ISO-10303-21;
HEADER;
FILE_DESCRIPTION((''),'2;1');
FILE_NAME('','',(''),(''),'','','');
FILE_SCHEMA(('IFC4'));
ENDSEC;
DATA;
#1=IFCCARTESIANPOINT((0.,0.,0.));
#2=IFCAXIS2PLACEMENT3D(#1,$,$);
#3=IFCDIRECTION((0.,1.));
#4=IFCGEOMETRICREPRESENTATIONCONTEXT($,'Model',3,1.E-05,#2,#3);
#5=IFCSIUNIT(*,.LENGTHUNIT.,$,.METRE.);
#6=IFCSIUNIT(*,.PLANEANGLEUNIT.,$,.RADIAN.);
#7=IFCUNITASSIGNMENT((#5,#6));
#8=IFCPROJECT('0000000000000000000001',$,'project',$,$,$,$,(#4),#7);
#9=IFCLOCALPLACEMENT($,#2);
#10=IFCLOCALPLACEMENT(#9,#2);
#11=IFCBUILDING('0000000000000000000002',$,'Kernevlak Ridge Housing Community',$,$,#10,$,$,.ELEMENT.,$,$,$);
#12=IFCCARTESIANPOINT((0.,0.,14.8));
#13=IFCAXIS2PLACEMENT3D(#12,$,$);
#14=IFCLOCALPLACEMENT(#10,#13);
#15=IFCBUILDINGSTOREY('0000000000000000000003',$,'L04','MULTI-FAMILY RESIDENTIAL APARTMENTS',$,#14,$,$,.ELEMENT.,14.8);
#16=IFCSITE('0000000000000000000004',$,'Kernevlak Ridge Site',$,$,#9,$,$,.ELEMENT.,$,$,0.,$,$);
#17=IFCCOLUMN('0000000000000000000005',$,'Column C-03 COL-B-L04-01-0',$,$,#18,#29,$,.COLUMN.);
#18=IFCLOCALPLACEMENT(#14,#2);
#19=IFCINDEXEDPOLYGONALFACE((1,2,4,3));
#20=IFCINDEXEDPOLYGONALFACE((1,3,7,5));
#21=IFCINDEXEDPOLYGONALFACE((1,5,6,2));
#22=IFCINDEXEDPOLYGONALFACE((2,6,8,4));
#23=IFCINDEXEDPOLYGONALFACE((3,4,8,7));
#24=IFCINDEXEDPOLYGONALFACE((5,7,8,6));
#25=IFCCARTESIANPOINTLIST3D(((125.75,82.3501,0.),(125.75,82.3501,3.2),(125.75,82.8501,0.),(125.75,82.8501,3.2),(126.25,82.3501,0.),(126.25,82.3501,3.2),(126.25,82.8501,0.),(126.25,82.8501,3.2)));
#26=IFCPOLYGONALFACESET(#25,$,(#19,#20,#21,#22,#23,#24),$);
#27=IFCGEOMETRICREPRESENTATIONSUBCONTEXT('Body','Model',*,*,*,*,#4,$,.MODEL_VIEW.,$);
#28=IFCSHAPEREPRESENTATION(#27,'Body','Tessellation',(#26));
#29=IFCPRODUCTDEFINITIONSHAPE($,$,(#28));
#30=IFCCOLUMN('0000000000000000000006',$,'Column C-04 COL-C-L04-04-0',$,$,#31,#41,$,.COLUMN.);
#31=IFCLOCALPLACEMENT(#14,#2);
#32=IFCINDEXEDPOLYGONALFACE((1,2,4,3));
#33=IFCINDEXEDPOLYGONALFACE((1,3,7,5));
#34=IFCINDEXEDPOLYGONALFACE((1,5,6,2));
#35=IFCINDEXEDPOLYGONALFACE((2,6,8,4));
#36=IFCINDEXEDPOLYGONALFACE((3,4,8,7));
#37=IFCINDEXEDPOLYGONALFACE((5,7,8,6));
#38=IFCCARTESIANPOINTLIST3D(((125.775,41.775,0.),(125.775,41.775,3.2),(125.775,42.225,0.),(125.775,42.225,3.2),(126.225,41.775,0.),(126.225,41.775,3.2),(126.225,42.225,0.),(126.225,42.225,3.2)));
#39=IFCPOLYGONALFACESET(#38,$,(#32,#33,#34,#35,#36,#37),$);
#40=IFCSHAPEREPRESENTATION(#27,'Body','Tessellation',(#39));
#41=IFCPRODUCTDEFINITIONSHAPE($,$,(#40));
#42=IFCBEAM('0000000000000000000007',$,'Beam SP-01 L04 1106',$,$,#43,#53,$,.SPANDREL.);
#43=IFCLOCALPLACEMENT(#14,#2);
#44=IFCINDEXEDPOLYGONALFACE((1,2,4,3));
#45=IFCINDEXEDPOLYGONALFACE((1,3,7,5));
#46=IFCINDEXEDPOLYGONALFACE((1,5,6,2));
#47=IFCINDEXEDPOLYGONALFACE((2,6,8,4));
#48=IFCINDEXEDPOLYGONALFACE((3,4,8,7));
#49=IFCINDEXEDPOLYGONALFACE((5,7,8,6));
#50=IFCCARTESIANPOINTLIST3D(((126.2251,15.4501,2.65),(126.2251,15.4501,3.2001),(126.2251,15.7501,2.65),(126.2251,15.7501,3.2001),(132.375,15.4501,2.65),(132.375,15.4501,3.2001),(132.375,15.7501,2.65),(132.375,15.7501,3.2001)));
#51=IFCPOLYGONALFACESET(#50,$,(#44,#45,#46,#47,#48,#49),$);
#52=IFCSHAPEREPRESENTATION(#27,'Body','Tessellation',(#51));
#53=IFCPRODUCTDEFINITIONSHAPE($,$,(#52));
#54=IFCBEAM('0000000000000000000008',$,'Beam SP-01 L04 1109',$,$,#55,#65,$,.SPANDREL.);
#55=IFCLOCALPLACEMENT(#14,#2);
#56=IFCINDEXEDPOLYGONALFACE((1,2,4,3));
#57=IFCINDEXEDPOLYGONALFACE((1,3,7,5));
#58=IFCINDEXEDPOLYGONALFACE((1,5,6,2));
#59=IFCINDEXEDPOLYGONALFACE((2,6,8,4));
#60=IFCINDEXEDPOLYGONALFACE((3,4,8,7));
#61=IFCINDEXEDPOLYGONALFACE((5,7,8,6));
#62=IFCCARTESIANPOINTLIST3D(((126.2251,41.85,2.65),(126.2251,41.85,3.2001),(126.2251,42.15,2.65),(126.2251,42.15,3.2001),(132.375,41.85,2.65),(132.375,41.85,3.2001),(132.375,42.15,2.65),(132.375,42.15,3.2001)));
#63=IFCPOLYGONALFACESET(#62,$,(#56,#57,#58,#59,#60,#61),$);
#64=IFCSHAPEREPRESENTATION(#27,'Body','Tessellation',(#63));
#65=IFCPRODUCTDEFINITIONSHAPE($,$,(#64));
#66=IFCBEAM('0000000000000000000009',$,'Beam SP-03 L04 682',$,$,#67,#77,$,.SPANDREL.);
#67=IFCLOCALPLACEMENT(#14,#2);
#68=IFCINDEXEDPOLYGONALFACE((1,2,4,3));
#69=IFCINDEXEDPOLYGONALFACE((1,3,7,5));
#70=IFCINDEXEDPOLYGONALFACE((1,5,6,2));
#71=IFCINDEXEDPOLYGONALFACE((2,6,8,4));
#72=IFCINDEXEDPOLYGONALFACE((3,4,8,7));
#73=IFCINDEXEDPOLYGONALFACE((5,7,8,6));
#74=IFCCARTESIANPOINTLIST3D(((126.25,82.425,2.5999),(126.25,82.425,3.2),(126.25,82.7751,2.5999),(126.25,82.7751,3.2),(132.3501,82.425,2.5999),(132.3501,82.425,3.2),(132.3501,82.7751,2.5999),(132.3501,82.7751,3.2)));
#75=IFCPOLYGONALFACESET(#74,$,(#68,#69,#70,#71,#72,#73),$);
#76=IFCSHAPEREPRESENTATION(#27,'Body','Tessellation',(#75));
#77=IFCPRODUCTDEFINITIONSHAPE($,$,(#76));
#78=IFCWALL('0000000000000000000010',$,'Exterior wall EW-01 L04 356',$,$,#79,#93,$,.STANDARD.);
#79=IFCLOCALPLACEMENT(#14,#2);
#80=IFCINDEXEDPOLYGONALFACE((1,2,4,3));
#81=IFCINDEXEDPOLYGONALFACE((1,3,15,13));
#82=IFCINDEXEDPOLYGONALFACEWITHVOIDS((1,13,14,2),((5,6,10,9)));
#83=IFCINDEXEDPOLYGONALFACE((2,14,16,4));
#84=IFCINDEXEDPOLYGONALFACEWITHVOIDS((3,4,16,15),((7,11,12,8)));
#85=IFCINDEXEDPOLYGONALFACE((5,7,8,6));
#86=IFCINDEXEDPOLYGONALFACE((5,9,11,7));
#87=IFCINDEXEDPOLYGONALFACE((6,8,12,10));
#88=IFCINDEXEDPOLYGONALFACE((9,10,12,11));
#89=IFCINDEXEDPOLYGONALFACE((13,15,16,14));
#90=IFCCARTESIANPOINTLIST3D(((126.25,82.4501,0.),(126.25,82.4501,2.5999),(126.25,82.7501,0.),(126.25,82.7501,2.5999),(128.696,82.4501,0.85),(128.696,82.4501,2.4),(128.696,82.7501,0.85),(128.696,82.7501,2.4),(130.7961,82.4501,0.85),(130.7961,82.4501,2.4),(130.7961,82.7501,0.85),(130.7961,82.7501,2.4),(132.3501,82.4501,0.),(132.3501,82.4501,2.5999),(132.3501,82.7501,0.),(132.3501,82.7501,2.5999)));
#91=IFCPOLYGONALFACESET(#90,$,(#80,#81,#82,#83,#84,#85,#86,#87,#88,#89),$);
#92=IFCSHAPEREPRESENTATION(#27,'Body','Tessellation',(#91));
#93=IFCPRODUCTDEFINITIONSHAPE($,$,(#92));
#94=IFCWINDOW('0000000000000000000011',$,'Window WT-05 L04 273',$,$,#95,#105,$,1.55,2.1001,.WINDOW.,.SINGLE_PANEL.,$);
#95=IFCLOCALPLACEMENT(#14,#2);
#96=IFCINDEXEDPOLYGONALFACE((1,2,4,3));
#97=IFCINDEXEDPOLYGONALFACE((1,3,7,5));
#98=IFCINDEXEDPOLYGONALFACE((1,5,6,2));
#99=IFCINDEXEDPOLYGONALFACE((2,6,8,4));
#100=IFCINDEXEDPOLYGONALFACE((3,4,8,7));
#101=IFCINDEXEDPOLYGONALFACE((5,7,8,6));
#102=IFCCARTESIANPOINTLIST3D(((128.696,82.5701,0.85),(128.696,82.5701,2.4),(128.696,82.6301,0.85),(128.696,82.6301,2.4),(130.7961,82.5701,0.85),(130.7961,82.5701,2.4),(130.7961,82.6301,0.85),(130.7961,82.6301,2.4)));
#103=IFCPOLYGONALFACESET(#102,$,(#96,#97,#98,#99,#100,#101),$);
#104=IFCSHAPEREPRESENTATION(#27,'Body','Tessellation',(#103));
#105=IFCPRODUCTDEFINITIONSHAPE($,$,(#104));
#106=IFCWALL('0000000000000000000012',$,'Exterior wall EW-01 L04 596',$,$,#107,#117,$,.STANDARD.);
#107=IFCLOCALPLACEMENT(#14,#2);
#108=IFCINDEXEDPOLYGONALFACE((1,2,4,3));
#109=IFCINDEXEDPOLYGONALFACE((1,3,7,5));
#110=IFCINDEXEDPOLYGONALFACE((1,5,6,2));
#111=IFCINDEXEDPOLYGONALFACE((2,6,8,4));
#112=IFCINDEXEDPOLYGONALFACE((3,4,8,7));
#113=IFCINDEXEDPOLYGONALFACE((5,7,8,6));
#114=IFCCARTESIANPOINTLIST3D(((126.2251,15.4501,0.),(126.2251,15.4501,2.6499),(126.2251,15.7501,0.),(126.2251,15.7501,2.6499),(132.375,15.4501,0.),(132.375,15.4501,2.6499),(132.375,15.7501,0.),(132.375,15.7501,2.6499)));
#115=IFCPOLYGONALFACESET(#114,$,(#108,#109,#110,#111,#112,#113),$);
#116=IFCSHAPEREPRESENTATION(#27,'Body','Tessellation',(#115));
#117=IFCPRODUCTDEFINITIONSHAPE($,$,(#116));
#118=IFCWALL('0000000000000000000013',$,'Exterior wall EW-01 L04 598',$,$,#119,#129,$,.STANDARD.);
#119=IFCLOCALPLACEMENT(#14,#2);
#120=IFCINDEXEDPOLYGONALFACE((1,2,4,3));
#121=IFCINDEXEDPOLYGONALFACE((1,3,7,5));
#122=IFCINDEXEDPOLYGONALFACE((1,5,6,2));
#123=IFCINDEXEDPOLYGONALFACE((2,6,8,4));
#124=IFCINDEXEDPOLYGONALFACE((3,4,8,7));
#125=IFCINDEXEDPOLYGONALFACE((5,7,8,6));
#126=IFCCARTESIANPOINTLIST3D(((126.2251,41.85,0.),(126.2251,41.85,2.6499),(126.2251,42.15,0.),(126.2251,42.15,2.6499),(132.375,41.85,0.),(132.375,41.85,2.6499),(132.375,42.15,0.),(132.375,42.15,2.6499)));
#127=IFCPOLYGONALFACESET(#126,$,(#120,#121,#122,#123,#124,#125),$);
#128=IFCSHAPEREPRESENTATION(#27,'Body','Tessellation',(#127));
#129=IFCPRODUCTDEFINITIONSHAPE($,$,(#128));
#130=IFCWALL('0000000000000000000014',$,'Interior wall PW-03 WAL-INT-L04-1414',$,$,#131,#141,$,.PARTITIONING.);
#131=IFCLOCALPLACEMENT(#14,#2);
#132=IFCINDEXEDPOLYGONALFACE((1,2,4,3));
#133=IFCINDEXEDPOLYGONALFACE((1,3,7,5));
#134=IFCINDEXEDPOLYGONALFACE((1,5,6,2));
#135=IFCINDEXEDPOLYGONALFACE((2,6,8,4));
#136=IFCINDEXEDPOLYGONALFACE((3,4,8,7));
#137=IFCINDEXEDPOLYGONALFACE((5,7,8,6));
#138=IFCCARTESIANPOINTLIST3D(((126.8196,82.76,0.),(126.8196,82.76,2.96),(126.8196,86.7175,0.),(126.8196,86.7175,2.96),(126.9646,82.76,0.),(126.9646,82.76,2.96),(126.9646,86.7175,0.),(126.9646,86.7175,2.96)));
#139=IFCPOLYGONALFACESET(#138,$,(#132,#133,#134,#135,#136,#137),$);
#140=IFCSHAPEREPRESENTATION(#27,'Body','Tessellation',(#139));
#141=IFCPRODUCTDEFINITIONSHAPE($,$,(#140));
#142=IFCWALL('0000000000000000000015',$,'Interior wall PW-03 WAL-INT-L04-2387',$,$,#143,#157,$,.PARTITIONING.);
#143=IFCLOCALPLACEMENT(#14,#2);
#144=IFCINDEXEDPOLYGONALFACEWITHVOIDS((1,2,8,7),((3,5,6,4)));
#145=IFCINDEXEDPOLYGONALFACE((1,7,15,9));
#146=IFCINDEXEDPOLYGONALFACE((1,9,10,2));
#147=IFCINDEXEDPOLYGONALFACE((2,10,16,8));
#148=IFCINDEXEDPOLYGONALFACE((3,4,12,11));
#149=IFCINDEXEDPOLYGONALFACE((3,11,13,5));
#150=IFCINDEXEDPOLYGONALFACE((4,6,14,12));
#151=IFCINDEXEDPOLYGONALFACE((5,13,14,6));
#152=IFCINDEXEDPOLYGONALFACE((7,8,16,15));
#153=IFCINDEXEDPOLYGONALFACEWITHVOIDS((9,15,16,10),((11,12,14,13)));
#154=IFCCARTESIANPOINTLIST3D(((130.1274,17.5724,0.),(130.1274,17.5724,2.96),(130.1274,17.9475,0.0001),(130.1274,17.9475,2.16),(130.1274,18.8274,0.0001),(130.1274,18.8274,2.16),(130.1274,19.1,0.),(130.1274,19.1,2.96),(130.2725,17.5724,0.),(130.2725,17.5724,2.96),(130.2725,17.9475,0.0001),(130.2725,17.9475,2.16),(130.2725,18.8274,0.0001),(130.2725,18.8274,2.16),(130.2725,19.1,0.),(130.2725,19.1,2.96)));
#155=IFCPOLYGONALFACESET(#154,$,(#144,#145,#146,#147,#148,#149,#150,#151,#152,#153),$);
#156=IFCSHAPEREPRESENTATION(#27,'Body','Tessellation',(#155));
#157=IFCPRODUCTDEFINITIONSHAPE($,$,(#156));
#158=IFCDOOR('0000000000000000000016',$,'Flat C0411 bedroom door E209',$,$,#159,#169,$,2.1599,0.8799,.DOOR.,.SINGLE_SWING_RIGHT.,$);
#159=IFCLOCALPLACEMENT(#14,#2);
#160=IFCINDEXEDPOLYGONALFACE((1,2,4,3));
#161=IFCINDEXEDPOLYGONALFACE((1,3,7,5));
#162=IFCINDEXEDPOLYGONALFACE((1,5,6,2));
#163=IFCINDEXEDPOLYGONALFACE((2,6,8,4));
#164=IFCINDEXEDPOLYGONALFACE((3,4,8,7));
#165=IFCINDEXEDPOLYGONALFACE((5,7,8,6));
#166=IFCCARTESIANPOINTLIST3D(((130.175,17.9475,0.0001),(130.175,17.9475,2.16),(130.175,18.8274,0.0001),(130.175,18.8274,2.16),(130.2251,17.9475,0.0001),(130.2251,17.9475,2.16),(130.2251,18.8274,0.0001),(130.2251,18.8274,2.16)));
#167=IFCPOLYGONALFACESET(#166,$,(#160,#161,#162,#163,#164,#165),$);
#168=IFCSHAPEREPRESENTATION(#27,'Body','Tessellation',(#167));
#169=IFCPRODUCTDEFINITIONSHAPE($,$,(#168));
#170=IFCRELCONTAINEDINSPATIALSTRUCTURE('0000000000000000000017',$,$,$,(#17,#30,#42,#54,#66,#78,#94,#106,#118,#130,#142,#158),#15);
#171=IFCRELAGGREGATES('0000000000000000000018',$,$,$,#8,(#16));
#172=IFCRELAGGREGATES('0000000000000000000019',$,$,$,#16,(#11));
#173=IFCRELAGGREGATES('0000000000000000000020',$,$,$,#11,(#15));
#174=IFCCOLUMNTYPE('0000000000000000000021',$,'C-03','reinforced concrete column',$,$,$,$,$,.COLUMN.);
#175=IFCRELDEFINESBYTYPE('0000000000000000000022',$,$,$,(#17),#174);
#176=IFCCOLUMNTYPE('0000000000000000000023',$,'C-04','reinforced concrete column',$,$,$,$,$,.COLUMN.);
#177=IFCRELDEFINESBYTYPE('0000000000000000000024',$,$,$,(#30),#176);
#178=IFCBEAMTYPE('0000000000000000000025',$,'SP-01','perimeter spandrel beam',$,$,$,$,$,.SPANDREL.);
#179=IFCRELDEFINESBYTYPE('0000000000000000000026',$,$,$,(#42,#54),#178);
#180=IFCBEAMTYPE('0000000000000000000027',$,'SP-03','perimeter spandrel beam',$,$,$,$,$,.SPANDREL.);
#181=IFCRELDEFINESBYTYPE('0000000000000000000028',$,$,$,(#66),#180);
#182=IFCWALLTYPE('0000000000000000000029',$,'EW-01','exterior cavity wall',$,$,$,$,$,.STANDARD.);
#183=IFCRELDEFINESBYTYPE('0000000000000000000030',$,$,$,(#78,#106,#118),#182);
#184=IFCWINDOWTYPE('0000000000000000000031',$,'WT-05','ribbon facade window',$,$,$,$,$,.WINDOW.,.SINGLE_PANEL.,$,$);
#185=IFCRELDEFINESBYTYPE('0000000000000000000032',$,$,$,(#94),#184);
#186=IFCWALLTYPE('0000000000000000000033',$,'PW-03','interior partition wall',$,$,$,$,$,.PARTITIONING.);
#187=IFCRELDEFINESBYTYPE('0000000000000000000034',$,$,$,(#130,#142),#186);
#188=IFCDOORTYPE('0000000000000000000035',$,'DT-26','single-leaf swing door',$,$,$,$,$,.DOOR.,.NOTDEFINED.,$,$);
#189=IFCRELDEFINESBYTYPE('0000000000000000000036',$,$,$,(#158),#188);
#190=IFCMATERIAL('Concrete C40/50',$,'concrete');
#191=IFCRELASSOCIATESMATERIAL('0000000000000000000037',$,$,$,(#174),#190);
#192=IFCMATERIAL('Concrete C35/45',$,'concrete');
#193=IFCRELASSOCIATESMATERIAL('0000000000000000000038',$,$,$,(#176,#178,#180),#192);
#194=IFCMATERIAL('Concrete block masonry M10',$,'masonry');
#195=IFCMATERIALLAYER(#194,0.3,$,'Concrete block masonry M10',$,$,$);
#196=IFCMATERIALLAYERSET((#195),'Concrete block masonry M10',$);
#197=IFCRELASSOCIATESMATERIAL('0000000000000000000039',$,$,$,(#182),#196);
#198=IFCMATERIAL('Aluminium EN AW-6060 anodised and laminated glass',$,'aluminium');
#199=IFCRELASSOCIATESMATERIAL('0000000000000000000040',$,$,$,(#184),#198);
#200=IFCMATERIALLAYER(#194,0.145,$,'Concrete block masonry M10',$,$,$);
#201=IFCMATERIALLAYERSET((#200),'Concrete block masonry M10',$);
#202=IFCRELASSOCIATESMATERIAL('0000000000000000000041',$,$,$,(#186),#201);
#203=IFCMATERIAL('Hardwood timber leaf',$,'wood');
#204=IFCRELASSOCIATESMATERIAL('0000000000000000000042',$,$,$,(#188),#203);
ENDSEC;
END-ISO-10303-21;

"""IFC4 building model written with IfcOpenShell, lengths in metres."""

from ifc_helpers import new_model, si_unit, direction, frame, frame_2d, origin, origin_2d, place, context, subcontext, project, spatial, rectangle, extrude, material, layer, layer_set, material_profile, profile_set, type_object, element, fill, save


model = new_model("IFC4")

# Units and contexts
model_context = context("Model", 3, precision=1e-05, world=origin(), true_north=direction((0.0, 1.0)))
body_context = subcontext(model_context, "Body", "Model", "MODEL_VIEW")
ifc_project = project(units=[si_unit("LENGTHUNIT", "METRE"), si_unit("PLANEANGLEUNIT", "RADIAN")], contexts=[model_context])

# Site, building, storey
site_placement = place(None, origin())
site = spatial("IfcSite", under=ifc_project, at=site_placement, Name="Kernevlak Ridge Site", CompositionType="ELEMENT", RefElevation=0.0)
building_placement = place(site_placement, origin())
building = spatial("IfcBuilding", under=site, at=building_placement, Name="Kernevlak Ridge Housing Community", CompositionType="ELEMENT")
storey_placement = place(building_placement, frame((0.0, 0.0, 14.8)))
storey = spatial("IfcBuildingStorey", under=building, at=storey_placement, Name="L04", Description="MULTI-FAMILY RESIDENTIAL APARTMENTS", CompositionType="ELEMENT", Elevation=14.8)

# Columns
ifc_material_1 = material(Name="Concrete C40/50", Category="concrete")
ifc_material_profile_1 = material_profile(ifc_material_1, rectangle(XDim=0.5, YDim=0.5, at=origin_2d()), Name="RC 500x500")
ifc_profile_set_1 = profile_set([ifc_material_profile_1], Name="Concrete C40/50")
column_type_1 = type_object("IfcColumnType", Name="C-03", Description="reinforced concrete column", PredefinedType="COLUMN", material=ifc_profile_set_1)
column_1_placement = place(storey_placement, frame((126.0, 82.6001, 0.0), z_axis=(0.0, 0.0, 1.0), x_axis=(1.0, 0.0, 0.0)))
element("IfcColumn", 1, at=column_1_placement, inside=storey, type_object=column_type_1, Name="Column C-03 COL-B-L04-01-0", PredefinedType="COLUMN", context=body_context, shape_type="SweptSolid", body=[
    extrude(rectangle(XDim=0.5, YDim=0.5, at=origin_2d()), origin(), (0.0, 0.0, 1.0), 3.2),
])
ifc_material_2 = material(Name="Concrete C35/45", Category="concrete")
ifc_material_profile_2 = material_profile(ifc_material_2, rectangle(XDim=0.45, YDim=0.45, at=origin_2d()), Name="RC 450x450")
ifc_profile_set_2 = profile_set([ifc_material_profile_2], Name="Concrete C35/45")
column_type_2 = type_object("IfcColumnType", Name="C-04", Description="reinforced concrete column", PredefinedType="COLUMN", material=ifc_profile_set_2)
column_2_placement = place(storey_placement, frame((126.0, 42.0, 0.0), z_axis=(0.0, 0.0, 1.0), x_axis=(1.0, 0.0, 0.0)))
element("IfcColumn", 2, at=column_2_placement, inside=storey, type_object=column_type_2, Name="Column C-04 COL-C-L04-04-0", PredefinedType="COLUMN", context=body_context, shape_type="SweptSolid", body=[
    extrude(rectangle(XDim=0.45, YDim=0.45, at=origin_2d()), origin(), (0.0, 0.0, 1.0), 3.2),
])

# Beams
ifc_material_profile_3 = material_profile(ifc_material_2, rectangle(XDim=0.3, YDim=0.55, at=origin_2d()), Name="RC 300x550")
ifc_profile_set_3 = profile_set([ifc_material_profile_3], Name="Concrete C35/45")
beam_type_1 = type_object("IfcBeamType", Name="SP-01", Description="perimeter spandrel beam", PredefinedType="SPANDREL", material=ifc_profile_set_3)
for number, where, z_axis, x_axis, name in (
    (3, (126.2251, 15.6001, 2.925), (1.0, 0.0, 0.0), (0.0, 1.0, 0.0), "Beam SP-01 L04 1106"),
    (4, (126.2251, 42.0, 2.925), (1.0, 0.0, 0.0), (0.0, 1.0, 0.0), "Beam SP-01 L04 1109"),
):
    element("IfcBeam", number, at=place(storey_placement, frame(where, z_axis=z_axis, x_axis=x_axis)), inside=storey, type_object=beam_type_1, Name=name, PredefinedType="SPANDREL", context=body_context, shape_type="SweptSolid", body=[
        extrude(rectangle(XDim=0.3, YDim=0.55, at=origin_2d()), origin(), (0.0, 0.0, 1.0), 6.1499),
    ])
ifc_material_profile_4 = material_profile(ifc_material_2, rectangle(XDim=0.3501, YDim=0.6001, at=origin_2d()), Name="RC 350x600")
ifc_profile_set_4 = profile_set([ifc_material_profile_4], Name="Concrete C35/45")
beam_type_2 = type_object("IfcBeamType", Name="SP-03", Description="perimeter spandrel beam", PredefinedType="SPANDREL", material=ifc_profile_set_4)
beam_placement = place(storey_placement, frame((126.25, 82.6001, 2.8999), z_axis=(1.0, 0.0, 0.0), x_axis=(0.0, 1.0, 0.0)))
element("IfcBeam", 5, at=beam_placement, inside=storey, type_object=beam_type_2, Name="Beam SP-03 L04 682", PredefinedType="SPANDREL", context=body_context, shape_type="SweptSolid", body=[
    extrude(rectangle(XDim=0.3501, YDim=0.6001, at=origin_2d()), origin(), (0.0, 0.0, 1.0), 6.1001),
])

# Wall, opening, window
ifc_material_3 = material(Name="Concrete block masonry M10", Category="masonry")
ifc_layer_1 = layer(ifc_material_3, 0.3, Name="Concrete block masonry M10")
ifc_layer_set_1 = layer_set([ifc_layer_1], Name="Concrete block masonry M10")
wall_type_1 = type_object("IfcWallType", Name="EW-01", Description="exterior cavity wall", PredefinedType="STANDARD", material=ifc_layer_set_1)
wall_1_placement = place(storey_placement, frame((126.25, 82.6001, 0.0), z_axis=(0.0, 0.0, 1.0), x_axis=(1.0, 0.0, 0.0)))
wall_1 = element("IfcWall", 6, at=wall_1_placement, inside=storey, type_object=wall_type_1, Name="Exterior wall EW-01 L04 356", PredefinedType="STANDARD", context=body_context, shape_type="SweptSolid", body=[
    extrude(rectangle(XDim=6.1001, YDim=0.3, at=frame_2d((3.05, 0.0))), origin(), (0.0, 0.0, 1.0), 2.5999),
])
opening_1_placement = place(wall_1_placement, frame((2.446, 0.0, 0.8501)))
opening_1 = element("IfcOpeningElement", 7, at=opening_1_placement, cuts=wall_1, PredefinedType="OPENING", context=body_context, shape_type="SweptSolid", body=[
    extrude(rectangle(XDim=2.1001, YDim=1.55, at=frame_2d((1.05, 0.7749))), frame((0.0, 0.1599, 0.0), z_axis=(0.0, -1.0, 0.0), x_axis=(1.0, 0.0, 0.0)), (0.0, 0.0, 1.0), 0.3201),
])
ifc_material_4 = material(Name="Aluminium EN AW-6060 anodised and laminated glass", Category="aluminium")
window_type = type_object("IfcWindowType", Name="WT-05", Description="ribbon facade window", PartitioningType="SINGLE_PANEL", PredefinedType="WINDOW", material=ifc_material_4)
window_placement = place(opening_1_placement, origin())
window = element("IfcWindow", 8, at=window_placement, inside=storey, type_object=window_type, Name="Window WT-05 L04 273", OverallHeight=1.55, OverallWidth=2.1001, PartitioningType="SINGLE_PANEL", PredefinedType="WINDOW", context=body_context, shape_type="SweptSolid", body=[
    extrude(rectangle(XDim=2.1001, YDim=1.55, at=frame_2d((1.05, 0.7749))), frame((0.0, 0.03, 0.0), z_axis=(0.0, -1.0, 0.0), x_axis=(1.0, 0.0, 0.0)), (0.0, 0.0, 1.0), 0.0601),
])
fill(opening_1, window)

# Walls
for number, where, z_axis, x_axis, name in (
    (9, (126.2251, 15.6001, 0.0), (0.0, 0.0, 1.0), (1.0, 0.0, 0.0), "Exterior wall EW-01 L04 596"),
    (10, (126.2251, 42.0, 0.0), (0.0, 0.0, 1.0), (1.0, 0.0, 0.0), "Exterior wall EW-01 L04 598"),
):
    element("IfcWall", number, at=place(storey_placement, frame(where, z_axis=z_axis, x_axis=x_axis)), inside=storey, type_object=wall_type_1, Name=name, PredefinedType="STANDARD", context=body_context, shape_type="SweptSolid", body=[
        extrude(rectangle(XDim=6.1499, YDim=0.3, at=frame_2d((3.075, 0.0))), origin(), (0.0, 0.0, 1.0), 2.6499),
    ])
ifc_layer_2 = layer(ifc_material_3, 0.145, Name="Concrete block masonry M10")
ifc_layer_set_2 = layer_set([ifc_layer_2], Name="Concrete block masonry M10")
wall_type_2 = type_object("IfcWallType", Name="PW-03", Description="interior partition wall", PredefinedType="PARTITIONING", material=ifc_layer_set_2)
wall_2_placement = place(storey_placement, frame((126.8921, 86.7175, 0.0), z_axis=(0.0, 0.0, 1.0), x_axis=(0.0, -1.0, 0.0)))
element("IfcWall", 11, at=wall_2_placement, inside=storey, type_object=wall_type_2, Name="Interior wall PW-03 WAL-INT-L04-1414", PredefinedType="PARTITIONING", context=body_context, shape_type="SweptSolid", body=[
    extrude(rectangle(XDim=3.9575, YDim=0.145, at=frame_2d((1.9788, 0.0))), origin(), (0.0, 0.0, 1.0), 2.96),
])

# Wall, opening, door
wall_3_placement = place(storey_placement, frame((130.2, 17.5725, 0.0), z_axis=(0.0, 0.0, 1.0), x_axis=(0.0, 1.0, 0.0)))
wall_3 = element("IfcWall", 12, at=wall_3_placement, inside=storey, type_object=wall_type_2, Name="Interior wall PW-03 WAL-INT-L04-2387", PredefinedType="PARTITIONING", context=body_context, shape_type="SweptSolid", body=[
    extrude(rectangle(XDim=1.5276, YDim=0.145, at=frame_2d((0.7637, 0.0))), origin(), (0.0, 0.0, 1.0), 2.96),
])
opening_2_placement = place(wall_3_placement, frame((0.375, 0.0, 0.0)))
opening_2 = element("IfcOpeningElement", 13, at=opening_2_placement, cuts=wall_3, PredefinedType="OPENING", context=body_context, shape_type="SweptSolid", body=[
    extrude(rectangle(XDim=0.8799, YDim=2.1599, at=frame_2d((0.4399, 1.0801))), frame((0.0, 0.0825, 0.0), z_axis=(0.0, -1.0, 0.0), x_axis=(1.0, 0.0, 0.0)), (0.0, 0.0, 1.0), 0.165),
])
ifc_material_5 = material(Name="Hardwood timber leaf", Category="wood")
door_type_1 = type_object("IfcDoorType", Name="DT-26", Description="single-leaf swing door", OperationType="NOTDEFINED", PredefinedType="DOOR", material=ifc_material_5)
door_1_placement = place(opening_2_placement, origin())
door_1 = element("IfcDoor", 14, at=door_1_placement, inside=storey, type_object=door_type_1, Name="Flat C0411 bedroom door E209", OperationType="SINGLE_SWING_RIGHT", OverallHeight=2.1599, OverallWidth=0.8799, PredefinedType="DOOR", context=body_context, shape_type="SweptSolid", body=[
    extrude(rectangle(XDim=0.8799, YDim=2.1599, at=frame_2d((0.4399, 1.0801))), frame((0.0, 0.0249, 0.0), z_axis=(0.0, -1.0, 0.0), x_axis=(1.0, 0.0, 0.0)), (0.0, 0.0, 1.0), 0.05),
])
fill(opening_2, door_1)

save(model, "model.ifc")
